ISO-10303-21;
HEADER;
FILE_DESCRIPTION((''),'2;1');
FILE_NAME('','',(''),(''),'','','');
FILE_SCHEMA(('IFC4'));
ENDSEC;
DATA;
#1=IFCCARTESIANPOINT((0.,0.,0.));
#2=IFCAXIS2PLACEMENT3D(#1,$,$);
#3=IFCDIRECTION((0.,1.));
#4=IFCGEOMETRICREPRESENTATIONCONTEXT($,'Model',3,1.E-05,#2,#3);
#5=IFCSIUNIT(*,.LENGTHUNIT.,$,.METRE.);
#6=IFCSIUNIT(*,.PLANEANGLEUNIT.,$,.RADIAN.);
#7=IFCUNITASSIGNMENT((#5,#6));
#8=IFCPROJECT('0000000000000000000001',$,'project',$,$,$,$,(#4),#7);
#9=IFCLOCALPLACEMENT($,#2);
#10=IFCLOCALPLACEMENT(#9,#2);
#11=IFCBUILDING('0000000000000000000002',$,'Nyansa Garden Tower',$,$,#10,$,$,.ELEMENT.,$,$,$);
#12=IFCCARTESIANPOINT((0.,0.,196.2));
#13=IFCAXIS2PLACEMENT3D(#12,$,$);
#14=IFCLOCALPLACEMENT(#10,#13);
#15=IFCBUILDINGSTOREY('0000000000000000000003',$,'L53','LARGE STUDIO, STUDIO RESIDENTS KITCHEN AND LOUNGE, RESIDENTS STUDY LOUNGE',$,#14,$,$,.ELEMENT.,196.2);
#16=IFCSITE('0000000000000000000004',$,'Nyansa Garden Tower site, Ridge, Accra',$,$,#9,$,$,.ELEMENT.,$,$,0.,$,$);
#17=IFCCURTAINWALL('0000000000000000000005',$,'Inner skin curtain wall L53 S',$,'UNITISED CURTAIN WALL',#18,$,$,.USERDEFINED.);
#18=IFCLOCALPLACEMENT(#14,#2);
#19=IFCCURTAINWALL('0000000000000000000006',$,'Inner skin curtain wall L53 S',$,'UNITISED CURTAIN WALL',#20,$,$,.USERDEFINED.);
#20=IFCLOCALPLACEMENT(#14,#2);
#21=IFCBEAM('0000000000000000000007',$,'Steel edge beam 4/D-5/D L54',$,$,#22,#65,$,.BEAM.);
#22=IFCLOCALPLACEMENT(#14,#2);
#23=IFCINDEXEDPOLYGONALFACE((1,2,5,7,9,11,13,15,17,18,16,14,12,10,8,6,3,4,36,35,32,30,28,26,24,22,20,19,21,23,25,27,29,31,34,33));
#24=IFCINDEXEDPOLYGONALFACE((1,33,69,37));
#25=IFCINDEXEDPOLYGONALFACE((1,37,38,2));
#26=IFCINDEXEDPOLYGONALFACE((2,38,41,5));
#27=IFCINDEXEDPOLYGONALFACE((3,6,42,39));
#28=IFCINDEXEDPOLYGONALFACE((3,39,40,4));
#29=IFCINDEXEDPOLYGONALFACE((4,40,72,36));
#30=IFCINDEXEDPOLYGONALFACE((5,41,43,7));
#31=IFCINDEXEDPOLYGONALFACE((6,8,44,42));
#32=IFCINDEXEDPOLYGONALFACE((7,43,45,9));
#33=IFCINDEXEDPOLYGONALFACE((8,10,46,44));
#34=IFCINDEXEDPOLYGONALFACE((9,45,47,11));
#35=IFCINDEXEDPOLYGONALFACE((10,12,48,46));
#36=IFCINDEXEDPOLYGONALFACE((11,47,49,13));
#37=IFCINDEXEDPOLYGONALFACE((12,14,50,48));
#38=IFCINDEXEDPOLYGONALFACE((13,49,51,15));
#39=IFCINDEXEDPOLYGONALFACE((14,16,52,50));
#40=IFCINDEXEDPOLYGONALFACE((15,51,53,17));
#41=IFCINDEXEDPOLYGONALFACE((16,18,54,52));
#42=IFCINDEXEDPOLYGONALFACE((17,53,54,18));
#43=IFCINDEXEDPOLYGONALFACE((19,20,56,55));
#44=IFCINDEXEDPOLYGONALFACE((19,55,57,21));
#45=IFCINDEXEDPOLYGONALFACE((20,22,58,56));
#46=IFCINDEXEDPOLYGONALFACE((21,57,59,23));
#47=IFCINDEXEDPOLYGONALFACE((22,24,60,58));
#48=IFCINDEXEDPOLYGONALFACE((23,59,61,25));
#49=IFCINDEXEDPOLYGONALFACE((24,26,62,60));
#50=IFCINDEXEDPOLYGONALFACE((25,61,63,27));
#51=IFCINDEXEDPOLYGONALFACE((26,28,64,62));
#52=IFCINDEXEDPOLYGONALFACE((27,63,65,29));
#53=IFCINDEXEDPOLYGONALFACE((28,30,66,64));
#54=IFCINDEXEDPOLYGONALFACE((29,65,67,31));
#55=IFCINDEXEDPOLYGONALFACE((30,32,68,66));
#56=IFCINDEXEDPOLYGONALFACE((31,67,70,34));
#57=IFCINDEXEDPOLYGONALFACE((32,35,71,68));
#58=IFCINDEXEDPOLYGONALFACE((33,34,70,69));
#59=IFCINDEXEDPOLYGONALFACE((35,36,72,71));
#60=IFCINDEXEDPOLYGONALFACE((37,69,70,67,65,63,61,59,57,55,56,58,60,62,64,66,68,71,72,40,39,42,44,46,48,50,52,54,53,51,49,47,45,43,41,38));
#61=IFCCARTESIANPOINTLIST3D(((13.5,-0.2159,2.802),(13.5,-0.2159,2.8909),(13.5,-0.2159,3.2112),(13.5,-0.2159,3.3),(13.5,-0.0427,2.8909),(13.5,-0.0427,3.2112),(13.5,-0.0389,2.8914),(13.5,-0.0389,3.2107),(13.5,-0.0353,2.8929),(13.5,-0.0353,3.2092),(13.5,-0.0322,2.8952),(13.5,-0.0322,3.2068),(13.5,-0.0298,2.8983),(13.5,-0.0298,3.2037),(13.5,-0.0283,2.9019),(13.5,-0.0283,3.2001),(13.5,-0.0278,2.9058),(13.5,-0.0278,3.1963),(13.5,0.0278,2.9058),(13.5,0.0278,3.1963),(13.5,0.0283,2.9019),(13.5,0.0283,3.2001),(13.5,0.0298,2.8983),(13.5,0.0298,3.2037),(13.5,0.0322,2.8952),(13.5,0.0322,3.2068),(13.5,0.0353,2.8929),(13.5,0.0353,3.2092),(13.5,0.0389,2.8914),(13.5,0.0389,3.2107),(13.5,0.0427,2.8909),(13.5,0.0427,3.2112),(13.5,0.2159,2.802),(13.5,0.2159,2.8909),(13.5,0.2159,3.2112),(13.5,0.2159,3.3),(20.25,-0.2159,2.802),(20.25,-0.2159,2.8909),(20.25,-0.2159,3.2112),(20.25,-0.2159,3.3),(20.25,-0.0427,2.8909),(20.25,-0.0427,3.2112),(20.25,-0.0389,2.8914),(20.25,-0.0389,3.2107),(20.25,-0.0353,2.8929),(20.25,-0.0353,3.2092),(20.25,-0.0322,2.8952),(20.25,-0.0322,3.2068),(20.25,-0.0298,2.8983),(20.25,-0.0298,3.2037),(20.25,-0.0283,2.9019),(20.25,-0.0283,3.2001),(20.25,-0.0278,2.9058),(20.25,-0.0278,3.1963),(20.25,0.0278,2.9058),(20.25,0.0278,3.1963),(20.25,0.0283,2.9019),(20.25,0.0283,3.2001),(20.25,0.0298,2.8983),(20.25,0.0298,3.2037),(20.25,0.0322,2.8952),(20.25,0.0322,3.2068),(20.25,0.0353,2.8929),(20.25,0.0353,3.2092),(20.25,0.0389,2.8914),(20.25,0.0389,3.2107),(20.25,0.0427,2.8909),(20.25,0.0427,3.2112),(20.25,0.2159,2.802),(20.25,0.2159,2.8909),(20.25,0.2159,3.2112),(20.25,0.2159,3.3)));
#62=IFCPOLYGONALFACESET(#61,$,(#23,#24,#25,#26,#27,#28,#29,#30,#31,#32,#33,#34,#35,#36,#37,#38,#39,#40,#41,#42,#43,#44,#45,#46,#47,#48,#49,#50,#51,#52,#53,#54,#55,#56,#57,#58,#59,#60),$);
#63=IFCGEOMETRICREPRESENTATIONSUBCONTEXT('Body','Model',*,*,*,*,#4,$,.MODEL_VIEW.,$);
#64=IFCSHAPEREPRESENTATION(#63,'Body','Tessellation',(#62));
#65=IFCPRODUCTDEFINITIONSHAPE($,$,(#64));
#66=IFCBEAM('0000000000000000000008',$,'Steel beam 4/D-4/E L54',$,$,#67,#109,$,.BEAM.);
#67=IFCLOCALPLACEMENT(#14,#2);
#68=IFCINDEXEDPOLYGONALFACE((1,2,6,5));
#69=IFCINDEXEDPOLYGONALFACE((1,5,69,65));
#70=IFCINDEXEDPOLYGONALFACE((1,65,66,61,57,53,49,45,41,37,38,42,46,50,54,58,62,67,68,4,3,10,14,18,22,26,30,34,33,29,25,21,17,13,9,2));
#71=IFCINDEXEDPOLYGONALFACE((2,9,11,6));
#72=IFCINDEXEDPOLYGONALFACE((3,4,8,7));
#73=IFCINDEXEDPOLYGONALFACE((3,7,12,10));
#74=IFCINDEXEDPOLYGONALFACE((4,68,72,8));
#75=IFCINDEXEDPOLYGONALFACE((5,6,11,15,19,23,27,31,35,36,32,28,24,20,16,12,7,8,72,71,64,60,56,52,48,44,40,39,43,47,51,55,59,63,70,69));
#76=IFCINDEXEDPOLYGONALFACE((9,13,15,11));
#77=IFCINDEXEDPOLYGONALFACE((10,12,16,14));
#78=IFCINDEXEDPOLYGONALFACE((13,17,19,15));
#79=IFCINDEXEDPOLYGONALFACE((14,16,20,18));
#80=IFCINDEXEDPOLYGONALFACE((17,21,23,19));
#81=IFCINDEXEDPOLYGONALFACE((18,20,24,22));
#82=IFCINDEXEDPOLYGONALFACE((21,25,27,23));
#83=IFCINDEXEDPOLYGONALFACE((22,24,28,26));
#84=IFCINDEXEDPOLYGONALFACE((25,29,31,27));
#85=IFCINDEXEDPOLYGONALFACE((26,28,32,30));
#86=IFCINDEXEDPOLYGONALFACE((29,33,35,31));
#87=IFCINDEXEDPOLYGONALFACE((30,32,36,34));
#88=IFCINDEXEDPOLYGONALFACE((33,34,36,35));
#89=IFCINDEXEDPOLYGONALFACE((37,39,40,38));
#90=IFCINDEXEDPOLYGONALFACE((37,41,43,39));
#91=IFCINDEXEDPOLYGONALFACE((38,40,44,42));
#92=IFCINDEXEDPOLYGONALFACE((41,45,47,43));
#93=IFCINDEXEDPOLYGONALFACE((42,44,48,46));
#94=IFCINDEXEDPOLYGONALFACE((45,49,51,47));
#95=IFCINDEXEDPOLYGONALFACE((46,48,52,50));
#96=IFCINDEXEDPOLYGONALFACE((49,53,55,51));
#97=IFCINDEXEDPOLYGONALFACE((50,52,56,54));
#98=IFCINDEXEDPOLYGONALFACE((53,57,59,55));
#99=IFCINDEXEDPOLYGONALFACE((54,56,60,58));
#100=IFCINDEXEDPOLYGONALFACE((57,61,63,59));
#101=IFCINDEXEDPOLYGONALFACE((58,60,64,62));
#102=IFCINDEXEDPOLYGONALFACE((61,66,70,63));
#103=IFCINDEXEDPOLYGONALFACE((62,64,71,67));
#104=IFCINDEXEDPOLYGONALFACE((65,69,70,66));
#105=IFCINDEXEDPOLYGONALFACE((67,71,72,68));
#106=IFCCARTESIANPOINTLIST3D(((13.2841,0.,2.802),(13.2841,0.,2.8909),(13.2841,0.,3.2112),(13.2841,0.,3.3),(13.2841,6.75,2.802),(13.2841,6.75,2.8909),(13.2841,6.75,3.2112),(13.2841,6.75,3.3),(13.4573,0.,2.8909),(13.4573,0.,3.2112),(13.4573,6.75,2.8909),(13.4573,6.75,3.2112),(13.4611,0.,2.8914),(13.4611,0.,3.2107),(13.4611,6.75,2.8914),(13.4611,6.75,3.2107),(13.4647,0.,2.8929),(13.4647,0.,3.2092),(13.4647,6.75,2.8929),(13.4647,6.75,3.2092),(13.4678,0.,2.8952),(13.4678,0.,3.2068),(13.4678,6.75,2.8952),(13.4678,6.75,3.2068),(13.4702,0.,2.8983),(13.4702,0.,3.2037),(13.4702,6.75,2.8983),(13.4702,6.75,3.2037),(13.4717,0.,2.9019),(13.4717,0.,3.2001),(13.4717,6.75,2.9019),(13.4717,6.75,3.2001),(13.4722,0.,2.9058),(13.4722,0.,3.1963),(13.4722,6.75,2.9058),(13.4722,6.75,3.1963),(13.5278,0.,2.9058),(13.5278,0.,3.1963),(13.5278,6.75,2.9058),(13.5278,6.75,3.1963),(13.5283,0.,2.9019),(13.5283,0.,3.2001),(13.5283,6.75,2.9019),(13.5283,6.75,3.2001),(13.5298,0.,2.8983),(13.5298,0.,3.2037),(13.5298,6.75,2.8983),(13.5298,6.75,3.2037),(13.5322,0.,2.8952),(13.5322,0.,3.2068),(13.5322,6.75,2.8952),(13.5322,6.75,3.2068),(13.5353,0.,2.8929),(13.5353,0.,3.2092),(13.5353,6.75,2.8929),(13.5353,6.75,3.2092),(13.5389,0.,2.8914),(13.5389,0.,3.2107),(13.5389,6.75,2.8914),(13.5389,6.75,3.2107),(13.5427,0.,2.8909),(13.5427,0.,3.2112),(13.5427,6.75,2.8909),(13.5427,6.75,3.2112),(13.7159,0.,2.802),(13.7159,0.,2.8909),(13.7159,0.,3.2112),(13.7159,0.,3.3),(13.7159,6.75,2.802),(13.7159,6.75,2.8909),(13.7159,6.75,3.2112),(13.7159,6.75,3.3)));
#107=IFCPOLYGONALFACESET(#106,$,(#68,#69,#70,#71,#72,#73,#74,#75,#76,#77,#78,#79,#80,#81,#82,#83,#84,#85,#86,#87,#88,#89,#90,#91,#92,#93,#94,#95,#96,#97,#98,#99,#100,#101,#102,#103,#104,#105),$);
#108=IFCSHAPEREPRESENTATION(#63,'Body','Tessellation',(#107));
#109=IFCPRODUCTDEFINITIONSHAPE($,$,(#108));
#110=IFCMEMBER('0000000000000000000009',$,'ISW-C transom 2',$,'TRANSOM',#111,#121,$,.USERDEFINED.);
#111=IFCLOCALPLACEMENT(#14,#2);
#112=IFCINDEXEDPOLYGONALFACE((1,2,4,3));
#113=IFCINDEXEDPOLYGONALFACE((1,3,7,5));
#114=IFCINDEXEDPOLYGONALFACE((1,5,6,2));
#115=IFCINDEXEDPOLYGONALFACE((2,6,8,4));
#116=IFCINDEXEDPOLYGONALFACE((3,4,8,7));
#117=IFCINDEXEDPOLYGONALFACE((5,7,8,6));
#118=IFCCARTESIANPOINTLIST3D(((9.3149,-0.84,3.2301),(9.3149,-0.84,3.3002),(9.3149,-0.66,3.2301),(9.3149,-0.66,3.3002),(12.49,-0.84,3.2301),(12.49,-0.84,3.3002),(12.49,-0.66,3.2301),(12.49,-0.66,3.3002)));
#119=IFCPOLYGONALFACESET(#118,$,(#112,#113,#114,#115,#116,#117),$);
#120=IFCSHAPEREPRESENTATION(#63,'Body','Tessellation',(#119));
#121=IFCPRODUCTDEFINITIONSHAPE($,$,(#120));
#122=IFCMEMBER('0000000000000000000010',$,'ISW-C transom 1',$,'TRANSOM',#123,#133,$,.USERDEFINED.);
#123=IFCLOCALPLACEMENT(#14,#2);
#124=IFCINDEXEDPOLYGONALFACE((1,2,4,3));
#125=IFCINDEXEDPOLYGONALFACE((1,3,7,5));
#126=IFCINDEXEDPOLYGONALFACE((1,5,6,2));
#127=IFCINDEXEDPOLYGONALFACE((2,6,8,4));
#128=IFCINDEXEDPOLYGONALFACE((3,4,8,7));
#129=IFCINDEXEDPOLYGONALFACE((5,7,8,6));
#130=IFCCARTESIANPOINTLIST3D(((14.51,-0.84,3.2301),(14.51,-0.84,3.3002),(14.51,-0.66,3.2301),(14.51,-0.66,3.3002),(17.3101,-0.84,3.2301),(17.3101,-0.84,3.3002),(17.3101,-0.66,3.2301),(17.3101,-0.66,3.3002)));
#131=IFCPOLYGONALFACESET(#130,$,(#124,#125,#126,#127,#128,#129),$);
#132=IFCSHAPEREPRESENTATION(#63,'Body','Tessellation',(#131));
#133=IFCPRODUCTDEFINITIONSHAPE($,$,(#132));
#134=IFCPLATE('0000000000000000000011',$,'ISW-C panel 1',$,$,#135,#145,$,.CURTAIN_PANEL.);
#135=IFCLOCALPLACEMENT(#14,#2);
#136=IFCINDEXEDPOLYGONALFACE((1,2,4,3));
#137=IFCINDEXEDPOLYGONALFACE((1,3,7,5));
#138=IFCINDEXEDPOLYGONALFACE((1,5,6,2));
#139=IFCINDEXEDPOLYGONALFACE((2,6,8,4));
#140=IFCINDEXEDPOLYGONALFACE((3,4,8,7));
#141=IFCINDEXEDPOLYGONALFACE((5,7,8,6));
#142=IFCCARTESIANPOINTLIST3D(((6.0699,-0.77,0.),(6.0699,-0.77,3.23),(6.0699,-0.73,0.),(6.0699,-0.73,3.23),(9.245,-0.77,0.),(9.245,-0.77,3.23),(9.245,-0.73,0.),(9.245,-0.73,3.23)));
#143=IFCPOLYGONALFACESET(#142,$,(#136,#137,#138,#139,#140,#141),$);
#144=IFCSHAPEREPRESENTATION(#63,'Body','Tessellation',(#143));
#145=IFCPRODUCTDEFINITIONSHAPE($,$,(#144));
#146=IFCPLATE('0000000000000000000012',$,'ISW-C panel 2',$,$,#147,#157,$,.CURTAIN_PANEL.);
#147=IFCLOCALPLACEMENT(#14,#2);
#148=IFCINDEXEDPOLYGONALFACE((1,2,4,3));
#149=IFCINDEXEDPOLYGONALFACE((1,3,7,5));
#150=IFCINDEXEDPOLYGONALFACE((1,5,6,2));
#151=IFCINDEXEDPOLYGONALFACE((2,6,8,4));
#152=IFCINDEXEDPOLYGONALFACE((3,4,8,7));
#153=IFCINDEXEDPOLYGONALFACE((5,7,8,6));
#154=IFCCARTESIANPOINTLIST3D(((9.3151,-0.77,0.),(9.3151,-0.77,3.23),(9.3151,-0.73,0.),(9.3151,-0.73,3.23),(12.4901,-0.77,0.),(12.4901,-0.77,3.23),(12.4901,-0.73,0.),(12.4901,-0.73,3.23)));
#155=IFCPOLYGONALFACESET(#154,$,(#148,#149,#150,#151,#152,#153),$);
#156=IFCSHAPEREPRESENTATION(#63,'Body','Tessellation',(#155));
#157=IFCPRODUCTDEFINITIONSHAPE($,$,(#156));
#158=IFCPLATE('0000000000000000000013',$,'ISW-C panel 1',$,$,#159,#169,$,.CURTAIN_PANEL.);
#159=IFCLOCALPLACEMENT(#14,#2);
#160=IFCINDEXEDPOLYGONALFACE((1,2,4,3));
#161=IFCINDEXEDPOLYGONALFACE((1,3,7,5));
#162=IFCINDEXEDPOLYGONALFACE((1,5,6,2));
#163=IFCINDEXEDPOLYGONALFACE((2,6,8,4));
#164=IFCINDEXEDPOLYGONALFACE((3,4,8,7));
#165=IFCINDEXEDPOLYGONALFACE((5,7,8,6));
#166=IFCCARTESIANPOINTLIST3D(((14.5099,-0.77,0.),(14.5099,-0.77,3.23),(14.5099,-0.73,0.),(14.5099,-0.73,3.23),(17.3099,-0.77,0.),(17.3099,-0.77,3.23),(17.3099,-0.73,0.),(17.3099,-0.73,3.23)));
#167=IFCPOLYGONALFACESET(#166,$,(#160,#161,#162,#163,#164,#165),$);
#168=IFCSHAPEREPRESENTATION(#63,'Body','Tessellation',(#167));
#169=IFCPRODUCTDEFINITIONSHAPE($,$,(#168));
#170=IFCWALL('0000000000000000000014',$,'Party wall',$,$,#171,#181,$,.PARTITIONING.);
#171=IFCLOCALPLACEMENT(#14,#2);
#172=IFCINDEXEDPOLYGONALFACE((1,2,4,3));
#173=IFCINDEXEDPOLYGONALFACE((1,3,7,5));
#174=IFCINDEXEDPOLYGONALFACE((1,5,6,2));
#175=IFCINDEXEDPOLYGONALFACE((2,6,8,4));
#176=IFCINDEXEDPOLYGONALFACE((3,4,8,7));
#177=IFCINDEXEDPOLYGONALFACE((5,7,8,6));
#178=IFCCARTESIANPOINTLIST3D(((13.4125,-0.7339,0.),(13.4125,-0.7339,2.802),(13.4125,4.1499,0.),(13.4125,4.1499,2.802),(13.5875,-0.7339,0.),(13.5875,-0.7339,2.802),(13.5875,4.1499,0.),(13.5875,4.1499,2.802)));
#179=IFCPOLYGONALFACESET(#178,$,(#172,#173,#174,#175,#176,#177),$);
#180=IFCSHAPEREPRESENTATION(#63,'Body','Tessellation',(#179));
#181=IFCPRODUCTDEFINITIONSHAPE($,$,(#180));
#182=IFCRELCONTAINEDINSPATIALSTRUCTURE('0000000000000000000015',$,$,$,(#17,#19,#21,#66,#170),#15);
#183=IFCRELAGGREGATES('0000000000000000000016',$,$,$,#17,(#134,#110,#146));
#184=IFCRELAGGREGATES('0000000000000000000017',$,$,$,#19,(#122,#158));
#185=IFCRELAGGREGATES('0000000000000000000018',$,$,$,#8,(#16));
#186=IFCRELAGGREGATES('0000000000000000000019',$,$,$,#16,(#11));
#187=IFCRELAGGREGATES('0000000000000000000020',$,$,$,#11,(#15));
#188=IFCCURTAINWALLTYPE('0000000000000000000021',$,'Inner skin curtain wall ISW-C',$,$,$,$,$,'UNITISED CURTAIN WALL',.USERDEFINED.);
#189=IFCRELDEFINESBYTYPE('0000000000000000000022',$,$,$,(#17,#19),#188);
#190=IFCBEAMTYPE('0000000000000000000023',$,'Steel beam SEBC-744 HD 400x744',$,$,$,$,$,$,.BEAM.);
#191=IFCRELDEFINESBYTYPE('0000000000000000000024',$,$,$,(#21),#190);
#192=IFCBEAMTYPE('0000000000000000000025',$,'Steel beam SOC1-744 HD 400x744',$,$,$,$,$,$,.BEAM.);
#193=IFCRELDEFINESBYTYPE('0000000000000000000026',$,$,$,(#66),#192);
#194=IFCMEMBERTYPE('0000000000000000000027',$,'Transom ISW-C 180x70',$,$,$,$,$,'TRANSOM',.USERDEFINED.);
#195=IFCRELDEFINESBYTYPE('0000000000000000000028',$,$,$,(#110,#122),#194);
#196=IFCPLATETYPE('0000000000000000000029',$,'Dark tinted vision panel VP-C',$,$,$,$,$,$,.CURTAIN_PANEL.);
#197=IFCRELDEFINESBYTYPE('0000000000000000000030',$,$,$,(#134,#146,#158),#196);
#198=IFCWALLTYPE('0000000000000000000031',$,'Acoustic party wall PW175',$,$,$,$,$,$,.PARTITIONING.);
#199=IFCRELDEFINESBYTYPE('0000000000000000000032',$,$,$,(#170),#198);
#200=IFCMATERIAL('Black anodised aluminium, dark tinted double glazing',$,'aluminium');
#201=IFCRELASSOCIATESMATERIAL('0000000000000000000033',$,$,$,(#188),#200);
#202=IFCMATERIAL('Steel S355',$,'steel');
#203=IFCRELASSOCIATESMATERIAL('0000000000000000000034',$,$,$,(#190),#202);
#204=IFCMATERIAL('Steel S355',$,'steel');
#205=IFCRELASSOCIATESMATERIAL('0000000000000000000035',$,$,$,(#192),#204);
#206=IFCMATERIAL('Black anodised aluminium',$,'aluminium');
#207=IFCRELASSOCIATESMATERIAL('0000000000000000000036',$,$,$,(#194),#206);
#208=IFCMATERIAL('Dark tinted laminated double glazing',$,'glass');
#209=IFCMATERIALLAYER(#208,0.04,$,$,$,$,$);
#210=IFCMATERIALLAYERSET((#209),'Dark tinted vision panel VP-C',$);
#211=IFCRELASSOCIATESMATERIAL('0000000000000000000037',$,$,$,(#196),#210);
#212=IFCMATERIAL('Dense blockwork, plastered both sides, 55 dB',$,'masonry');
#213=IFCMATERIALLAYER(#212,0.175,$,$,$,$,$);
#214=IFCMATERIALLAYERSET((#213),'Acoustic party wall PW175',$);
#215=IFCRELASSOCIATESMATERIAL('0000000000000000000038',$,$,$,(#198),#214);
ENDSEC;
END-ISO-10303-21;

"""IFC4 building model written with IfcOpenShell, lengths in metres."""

from ifc_helpers import new_model, si_unit, direction, frame, frame_2d, origin, origin_2d, place, context, subcontext, project, spatial, rectangle, i_section, extrude, material, layer, layer_set, material_profile, profile_set, type_object, element, aggregate, save


model = new_model("IFC4")

# Units and contexts
model_context = context("Model", 3, precision=1e-05, world=origin(), true_north=direction((0.0, 1.0)))
body_context = subcontext(model_context, "Body", "Model", "MODEL_VIEW")
ifc_project = project(units=[si_unit("LENGTHUNIT", "METRE"), si_unit("PLANEANGLEUNIT", "RADIAN")], contexts=[model_context])

# Site, building, storey
site_placement = place(None, origin())
site = spatial("IfcSite", under=ifc_project, at=site_placement, Name="Nyansa Garden Tower site, Ridge, Accra", CompositionType="ELEMENT", RefElevation=0.0)
building_placement = place(site_placement, origin())
building = spatial("IfcBuilding", under=site, at=building_placement, Name="Nyansa Garden Tower", CompositionType="ELEMENT")
storey_placement = place(building_placement, frame((0.0, 0.0, 196.2)))
storey = spatial("IfcBuildingStorey", under=building, at=storey_placement, Name="L53", Description="LARGE STUDIO, STUDIO RESIDENTS KITCHEN AND LOUNGE, RESIDENTS STUDY LOUNGE", CompositionType="ELEMENT", Elevation=196.2)

# Curtain wall
ifc_material_1 = material(Name="Black anodised aluminium, dark tinted double glazing", Category="aluminium")
curtain_wall_type = type_object("IfcCurtainWallType", Name="Inner skin curtain wall ISW-C", ElementType="UNITISED CURTAIN WALL", PredefinedType="USERDEFINED", material=ifc_material_1)
curtain_wall_1_placement = place(storey_placement, origin())
curtain_wall_1 = element("IfcCurtainWall", 1, at=curtain_wall_1_placement, inside=storey, type_object=curtain_wall_type, Name="Inner skin curtain wall L53 S", ObjectType="UNITISED CURTAIN WALL", PredefinedType="USERDEFINED")

# Curtain wall
curtain_wall_2_placement = place(storey_placement, origin())
curtain_wall_2 = element("IfcCurtainWall", 2, at=curtain_wall_2_placement, inside=storey, type_object=curtain_wall_type, Name="Inner skin curtain wall L53 S", ObjectType="UNITISED CURTAIN WALL", PredefinedType="USERDEFINED")

# Beams
ifc_material_2 = material(Name="Steel S355", Category="steel")
ifc_material_profile_1 = material_profile(ifc_material_2, i_section(OverallWidth=0.4319, OverallDepth=0.498, WebThickness=0.0557, FlangeThickness=0.0889, FilletRadius=0.0149, at=origin_2d()), Name="HD 400x744")
ifc_profile_set_1 = profile_set([ifc_material_profile_1], Name="Steel S355")
beam_type_1 = type_object("IfcBeamType", Name="Steel beam SEBC-744 HD 400x744", PredefinedType="BEAM", material=ifc_profile_set_1)
for number, where, z_axis, x_axis, name in (
    (3, (13.5, 0.0, 3.051), (1.0, 0.0, 0.0), (0.0, 1.0, 0.0), "Steel edge beam 4/D-5/D L54"),
):
    element("IfcBeam", number, at=place(storey_placement, frame(where, z_axis=z_axis, x_axis=x_axis)), inside=storey, type_object=beam_type_1, Name=name, PredefinedType="BEAM", context=body_context, shape_type="SweptSolid", body=[
        extrude(i_section(OverallWidth=0.4319, OverallDepth=0.498, WebThickness=0.0557, FlangeThickness=0.0889, FilletRadius=0.0149, at=origin_2d()), origin(), (0.0, 0.0, 1.0), 6.75),
    ])
ifc_material_3 = material(Name="Steel S355", Category="steel")
ifc_material_profile_2 = material_profile(ifc_material_3, i_section(OverallWidth=0.4319, OverallDepth=0.498, WebThickness=0.0557, FlangeThickness=0.0889, FilletRadius=0.0149, at=origin_2d()), Name="HD 400x744")
ifc_profile_set_2 = profile_set([ifc_material_profile_2], Name="Steel S355")
beam_type_2 = type_object("IfcBeamType", Name="Steel beam SOC1-744 HD 400x744", PredefinedType="BEAM", material=ifc_profile_set_2)
beam_placement = place(storey_placement, frame((13.5, 0.0, 3.051), z_axis=(0.0, 1.0, 0.0), x_axis=(-1.0, 0.0, 0.0)))
element("IfcBeam", 4, at=beam_placement, inside=storey, type_object=beam_type_2, Name="Steel beam 4/D-4/E L54", PredefinedType="BEAM", context=body_context, shape_type="SweptSolid", body=[
    extrude(i_section(OverallWidth=0.4319, OverallDepth=0.498, WebThickness=0.0557, FlangeThickness=0.0889, FilletRadius=0.0149, at=origin_2d()), origin(), (0.0, 0.0, 1.0), 6.75),
])

# Members
ifc_material_4 = material(Name="Black anodised aluminium", Category="aluminium")
ifc_material_profile_3 = material_profile(ifc_material_4, rectangle(XDim=0.1799, YDim=0.0701, at=origin_2d()), Name="Transom 180x70")
ifc_profile_set_3 = profile_set([ifc_material_profile_3], Name="Black anodised aluminium")
member_type_1 = type_object("IfcMemberType", Name="Transom ISW-C 180x70", ElementType="TRANSOM", PredefinedType="USERDEFINED", material=ifc_profile_set_3)
member_1_placement = place(storey_placement, frame((9.3149, -0.75, 3.2651), z_axis=(1.0, 0.0, 0.0), x_axis=(0.0, 1.0, 0.0)))
member_1 = element("IfcMember", 5, at=member_1_placement, type_object=member_type_1, Name="ISW-C transom 2", ObjectType="TRANSOM", PredefinedType="USERDEFINED", context=body_context, shape_type="SweptSolid", body=[
    extrude(rectangle(XDim=0.1799, YDim=0.0701, at=origin_2d()), origin(), (0.0, 0.0, 1.0), 3.175),
])
member_2_placement = place(storey_placement, frame((14.51, -0.75, 3.2651), z_axis=(1.0, 0.0, 0.0), x_axis=(0.0, 1.0, 0.0)))
member_2 = element("IfcMember", 6, at=member_2_placement, type_object=member_type_1, Name="ISW-C transom 1", ObjectType="TRANSOM", PredefinedType="USERDEFINED", context=body_context, shape_type="SweptSolid", body=[
    extrude(rectangle(XDim=0.1799, YDim=0.0701, at=origin_2d()), origin(), (0.0, 0.0, 1.0), 2.8),
])

# Plates
ifc_material_5 = material(Name="Dark tinted laminated double glazing", Category="glass")
ifc_layer_1 = layer(ifc_material_5, 0.04)
ifc_layer_set_1 = layer_set([ifc_layer_1], Name="Dark tinted vision panel VP-C")
plate_type = type_object("IfcPlateType", Name="Dark tinted vision panel VP-C", PredefinedType="CURTAIN_PANEL", material=ifc_layer_set_1)
plate_1_placement = place(storey_placement, frame((7.6575, -0.75, 0.0), z_axis=(0.0, 0.0, 1.0), x_axis=(1.0, 0.0, 0.0)))
plate_1 = element("IfcPlate", 7, at=plate_1_placement, type_object=plate_type, Name="ISW-C panel 1", PredefinedType="CURTAIN_PANEL", context=body_context, shape_type="SweptSolid", body=[
    extrude(rectangle(XDim=3.175, YDim=0.04, at=origin_2d()), origin(), (0.0, 0.0, 1.0), 3.23),
])
plate_2_placement = place(storey_placement, frame((10.9026, -0.75, 0.0), z_axis=(0.0, 0.0, 1.0), x_axis=(1.0, 0.0, 0.0)))
plate_2 = element("IfcPlate", 8, at=plate_2_placement, type_object=plate_type, Name="ISW-C panel 2", PredefinedType="CURTAIN_PANEL", context=body_context, shape_type="SweptSolid", body=[
    extrude(rectangle(XDim=3.175, YDim=0.04, at=origin_2d()), origin(), (0.0, 0.0, 1.0), 3.23),
])
aggregate(curtain_wall_1, [plate_1, member_1, plate_2])
plate_3_placement = place(storey_placement, frame((15.9099, -0.75, 0.0), z_axis=(0.0, 0.0, 1.0), x_axis=(1.0, 0.0, 0.0)))
plate_3 = element("IfcPlate", 9, at=plate_3_placement, type_object=plate_type, Name="ISW-C panel 1", PredefinedType="CURTAIN_PANEL", context=body_context, shape_type="SweptSolid", body=[
    extrude(rectangle(XDim=2.8, YDim=0.04, at=origin_2d()), origin(), (0.0, 0.0, 1.0), 3.23),
])
aggregate(curtain_wall_2, [member_2, plate_3])

# Wall
ifc_material_6 = material(Name="Dense blockwork, plastered both sides, 55 dB", Category="masonry")
ifc_layer_2 = layer(ifc_material_6, 0.175)
ifc_layer_set_2 = layer_set([ifc_layer_2], Name="Acoustic party wall PW175")
wall_type_1 = type_object("IfcWallType", Name="Acoustic party wall PW175", PredefinedType="PARTITIONING", material=ifc_layer_set_2)
wall_1_placement = place(storey_placement, frame((13.5, -0.7339, 0.0), z_axis=(0.0, 0.0, 1.0), x_axis=(0.0, 1.0, 0.0)))
element("IfcWall", 10, at=wall_1_placement, inside=storey, type_object=wall_type_1, Name="Party wall", PredefinedType="PARTITIONING", context=body_context, shape_type="SweptSolid", body=[
    extrude(rectangle(XDim=4.8838, YDim=0.175, at=frame_2d((2.4419, 0.0))), origin(), (0.0, 0.0, 1.0), 2.802),
])

save(model, "model.ifc")
